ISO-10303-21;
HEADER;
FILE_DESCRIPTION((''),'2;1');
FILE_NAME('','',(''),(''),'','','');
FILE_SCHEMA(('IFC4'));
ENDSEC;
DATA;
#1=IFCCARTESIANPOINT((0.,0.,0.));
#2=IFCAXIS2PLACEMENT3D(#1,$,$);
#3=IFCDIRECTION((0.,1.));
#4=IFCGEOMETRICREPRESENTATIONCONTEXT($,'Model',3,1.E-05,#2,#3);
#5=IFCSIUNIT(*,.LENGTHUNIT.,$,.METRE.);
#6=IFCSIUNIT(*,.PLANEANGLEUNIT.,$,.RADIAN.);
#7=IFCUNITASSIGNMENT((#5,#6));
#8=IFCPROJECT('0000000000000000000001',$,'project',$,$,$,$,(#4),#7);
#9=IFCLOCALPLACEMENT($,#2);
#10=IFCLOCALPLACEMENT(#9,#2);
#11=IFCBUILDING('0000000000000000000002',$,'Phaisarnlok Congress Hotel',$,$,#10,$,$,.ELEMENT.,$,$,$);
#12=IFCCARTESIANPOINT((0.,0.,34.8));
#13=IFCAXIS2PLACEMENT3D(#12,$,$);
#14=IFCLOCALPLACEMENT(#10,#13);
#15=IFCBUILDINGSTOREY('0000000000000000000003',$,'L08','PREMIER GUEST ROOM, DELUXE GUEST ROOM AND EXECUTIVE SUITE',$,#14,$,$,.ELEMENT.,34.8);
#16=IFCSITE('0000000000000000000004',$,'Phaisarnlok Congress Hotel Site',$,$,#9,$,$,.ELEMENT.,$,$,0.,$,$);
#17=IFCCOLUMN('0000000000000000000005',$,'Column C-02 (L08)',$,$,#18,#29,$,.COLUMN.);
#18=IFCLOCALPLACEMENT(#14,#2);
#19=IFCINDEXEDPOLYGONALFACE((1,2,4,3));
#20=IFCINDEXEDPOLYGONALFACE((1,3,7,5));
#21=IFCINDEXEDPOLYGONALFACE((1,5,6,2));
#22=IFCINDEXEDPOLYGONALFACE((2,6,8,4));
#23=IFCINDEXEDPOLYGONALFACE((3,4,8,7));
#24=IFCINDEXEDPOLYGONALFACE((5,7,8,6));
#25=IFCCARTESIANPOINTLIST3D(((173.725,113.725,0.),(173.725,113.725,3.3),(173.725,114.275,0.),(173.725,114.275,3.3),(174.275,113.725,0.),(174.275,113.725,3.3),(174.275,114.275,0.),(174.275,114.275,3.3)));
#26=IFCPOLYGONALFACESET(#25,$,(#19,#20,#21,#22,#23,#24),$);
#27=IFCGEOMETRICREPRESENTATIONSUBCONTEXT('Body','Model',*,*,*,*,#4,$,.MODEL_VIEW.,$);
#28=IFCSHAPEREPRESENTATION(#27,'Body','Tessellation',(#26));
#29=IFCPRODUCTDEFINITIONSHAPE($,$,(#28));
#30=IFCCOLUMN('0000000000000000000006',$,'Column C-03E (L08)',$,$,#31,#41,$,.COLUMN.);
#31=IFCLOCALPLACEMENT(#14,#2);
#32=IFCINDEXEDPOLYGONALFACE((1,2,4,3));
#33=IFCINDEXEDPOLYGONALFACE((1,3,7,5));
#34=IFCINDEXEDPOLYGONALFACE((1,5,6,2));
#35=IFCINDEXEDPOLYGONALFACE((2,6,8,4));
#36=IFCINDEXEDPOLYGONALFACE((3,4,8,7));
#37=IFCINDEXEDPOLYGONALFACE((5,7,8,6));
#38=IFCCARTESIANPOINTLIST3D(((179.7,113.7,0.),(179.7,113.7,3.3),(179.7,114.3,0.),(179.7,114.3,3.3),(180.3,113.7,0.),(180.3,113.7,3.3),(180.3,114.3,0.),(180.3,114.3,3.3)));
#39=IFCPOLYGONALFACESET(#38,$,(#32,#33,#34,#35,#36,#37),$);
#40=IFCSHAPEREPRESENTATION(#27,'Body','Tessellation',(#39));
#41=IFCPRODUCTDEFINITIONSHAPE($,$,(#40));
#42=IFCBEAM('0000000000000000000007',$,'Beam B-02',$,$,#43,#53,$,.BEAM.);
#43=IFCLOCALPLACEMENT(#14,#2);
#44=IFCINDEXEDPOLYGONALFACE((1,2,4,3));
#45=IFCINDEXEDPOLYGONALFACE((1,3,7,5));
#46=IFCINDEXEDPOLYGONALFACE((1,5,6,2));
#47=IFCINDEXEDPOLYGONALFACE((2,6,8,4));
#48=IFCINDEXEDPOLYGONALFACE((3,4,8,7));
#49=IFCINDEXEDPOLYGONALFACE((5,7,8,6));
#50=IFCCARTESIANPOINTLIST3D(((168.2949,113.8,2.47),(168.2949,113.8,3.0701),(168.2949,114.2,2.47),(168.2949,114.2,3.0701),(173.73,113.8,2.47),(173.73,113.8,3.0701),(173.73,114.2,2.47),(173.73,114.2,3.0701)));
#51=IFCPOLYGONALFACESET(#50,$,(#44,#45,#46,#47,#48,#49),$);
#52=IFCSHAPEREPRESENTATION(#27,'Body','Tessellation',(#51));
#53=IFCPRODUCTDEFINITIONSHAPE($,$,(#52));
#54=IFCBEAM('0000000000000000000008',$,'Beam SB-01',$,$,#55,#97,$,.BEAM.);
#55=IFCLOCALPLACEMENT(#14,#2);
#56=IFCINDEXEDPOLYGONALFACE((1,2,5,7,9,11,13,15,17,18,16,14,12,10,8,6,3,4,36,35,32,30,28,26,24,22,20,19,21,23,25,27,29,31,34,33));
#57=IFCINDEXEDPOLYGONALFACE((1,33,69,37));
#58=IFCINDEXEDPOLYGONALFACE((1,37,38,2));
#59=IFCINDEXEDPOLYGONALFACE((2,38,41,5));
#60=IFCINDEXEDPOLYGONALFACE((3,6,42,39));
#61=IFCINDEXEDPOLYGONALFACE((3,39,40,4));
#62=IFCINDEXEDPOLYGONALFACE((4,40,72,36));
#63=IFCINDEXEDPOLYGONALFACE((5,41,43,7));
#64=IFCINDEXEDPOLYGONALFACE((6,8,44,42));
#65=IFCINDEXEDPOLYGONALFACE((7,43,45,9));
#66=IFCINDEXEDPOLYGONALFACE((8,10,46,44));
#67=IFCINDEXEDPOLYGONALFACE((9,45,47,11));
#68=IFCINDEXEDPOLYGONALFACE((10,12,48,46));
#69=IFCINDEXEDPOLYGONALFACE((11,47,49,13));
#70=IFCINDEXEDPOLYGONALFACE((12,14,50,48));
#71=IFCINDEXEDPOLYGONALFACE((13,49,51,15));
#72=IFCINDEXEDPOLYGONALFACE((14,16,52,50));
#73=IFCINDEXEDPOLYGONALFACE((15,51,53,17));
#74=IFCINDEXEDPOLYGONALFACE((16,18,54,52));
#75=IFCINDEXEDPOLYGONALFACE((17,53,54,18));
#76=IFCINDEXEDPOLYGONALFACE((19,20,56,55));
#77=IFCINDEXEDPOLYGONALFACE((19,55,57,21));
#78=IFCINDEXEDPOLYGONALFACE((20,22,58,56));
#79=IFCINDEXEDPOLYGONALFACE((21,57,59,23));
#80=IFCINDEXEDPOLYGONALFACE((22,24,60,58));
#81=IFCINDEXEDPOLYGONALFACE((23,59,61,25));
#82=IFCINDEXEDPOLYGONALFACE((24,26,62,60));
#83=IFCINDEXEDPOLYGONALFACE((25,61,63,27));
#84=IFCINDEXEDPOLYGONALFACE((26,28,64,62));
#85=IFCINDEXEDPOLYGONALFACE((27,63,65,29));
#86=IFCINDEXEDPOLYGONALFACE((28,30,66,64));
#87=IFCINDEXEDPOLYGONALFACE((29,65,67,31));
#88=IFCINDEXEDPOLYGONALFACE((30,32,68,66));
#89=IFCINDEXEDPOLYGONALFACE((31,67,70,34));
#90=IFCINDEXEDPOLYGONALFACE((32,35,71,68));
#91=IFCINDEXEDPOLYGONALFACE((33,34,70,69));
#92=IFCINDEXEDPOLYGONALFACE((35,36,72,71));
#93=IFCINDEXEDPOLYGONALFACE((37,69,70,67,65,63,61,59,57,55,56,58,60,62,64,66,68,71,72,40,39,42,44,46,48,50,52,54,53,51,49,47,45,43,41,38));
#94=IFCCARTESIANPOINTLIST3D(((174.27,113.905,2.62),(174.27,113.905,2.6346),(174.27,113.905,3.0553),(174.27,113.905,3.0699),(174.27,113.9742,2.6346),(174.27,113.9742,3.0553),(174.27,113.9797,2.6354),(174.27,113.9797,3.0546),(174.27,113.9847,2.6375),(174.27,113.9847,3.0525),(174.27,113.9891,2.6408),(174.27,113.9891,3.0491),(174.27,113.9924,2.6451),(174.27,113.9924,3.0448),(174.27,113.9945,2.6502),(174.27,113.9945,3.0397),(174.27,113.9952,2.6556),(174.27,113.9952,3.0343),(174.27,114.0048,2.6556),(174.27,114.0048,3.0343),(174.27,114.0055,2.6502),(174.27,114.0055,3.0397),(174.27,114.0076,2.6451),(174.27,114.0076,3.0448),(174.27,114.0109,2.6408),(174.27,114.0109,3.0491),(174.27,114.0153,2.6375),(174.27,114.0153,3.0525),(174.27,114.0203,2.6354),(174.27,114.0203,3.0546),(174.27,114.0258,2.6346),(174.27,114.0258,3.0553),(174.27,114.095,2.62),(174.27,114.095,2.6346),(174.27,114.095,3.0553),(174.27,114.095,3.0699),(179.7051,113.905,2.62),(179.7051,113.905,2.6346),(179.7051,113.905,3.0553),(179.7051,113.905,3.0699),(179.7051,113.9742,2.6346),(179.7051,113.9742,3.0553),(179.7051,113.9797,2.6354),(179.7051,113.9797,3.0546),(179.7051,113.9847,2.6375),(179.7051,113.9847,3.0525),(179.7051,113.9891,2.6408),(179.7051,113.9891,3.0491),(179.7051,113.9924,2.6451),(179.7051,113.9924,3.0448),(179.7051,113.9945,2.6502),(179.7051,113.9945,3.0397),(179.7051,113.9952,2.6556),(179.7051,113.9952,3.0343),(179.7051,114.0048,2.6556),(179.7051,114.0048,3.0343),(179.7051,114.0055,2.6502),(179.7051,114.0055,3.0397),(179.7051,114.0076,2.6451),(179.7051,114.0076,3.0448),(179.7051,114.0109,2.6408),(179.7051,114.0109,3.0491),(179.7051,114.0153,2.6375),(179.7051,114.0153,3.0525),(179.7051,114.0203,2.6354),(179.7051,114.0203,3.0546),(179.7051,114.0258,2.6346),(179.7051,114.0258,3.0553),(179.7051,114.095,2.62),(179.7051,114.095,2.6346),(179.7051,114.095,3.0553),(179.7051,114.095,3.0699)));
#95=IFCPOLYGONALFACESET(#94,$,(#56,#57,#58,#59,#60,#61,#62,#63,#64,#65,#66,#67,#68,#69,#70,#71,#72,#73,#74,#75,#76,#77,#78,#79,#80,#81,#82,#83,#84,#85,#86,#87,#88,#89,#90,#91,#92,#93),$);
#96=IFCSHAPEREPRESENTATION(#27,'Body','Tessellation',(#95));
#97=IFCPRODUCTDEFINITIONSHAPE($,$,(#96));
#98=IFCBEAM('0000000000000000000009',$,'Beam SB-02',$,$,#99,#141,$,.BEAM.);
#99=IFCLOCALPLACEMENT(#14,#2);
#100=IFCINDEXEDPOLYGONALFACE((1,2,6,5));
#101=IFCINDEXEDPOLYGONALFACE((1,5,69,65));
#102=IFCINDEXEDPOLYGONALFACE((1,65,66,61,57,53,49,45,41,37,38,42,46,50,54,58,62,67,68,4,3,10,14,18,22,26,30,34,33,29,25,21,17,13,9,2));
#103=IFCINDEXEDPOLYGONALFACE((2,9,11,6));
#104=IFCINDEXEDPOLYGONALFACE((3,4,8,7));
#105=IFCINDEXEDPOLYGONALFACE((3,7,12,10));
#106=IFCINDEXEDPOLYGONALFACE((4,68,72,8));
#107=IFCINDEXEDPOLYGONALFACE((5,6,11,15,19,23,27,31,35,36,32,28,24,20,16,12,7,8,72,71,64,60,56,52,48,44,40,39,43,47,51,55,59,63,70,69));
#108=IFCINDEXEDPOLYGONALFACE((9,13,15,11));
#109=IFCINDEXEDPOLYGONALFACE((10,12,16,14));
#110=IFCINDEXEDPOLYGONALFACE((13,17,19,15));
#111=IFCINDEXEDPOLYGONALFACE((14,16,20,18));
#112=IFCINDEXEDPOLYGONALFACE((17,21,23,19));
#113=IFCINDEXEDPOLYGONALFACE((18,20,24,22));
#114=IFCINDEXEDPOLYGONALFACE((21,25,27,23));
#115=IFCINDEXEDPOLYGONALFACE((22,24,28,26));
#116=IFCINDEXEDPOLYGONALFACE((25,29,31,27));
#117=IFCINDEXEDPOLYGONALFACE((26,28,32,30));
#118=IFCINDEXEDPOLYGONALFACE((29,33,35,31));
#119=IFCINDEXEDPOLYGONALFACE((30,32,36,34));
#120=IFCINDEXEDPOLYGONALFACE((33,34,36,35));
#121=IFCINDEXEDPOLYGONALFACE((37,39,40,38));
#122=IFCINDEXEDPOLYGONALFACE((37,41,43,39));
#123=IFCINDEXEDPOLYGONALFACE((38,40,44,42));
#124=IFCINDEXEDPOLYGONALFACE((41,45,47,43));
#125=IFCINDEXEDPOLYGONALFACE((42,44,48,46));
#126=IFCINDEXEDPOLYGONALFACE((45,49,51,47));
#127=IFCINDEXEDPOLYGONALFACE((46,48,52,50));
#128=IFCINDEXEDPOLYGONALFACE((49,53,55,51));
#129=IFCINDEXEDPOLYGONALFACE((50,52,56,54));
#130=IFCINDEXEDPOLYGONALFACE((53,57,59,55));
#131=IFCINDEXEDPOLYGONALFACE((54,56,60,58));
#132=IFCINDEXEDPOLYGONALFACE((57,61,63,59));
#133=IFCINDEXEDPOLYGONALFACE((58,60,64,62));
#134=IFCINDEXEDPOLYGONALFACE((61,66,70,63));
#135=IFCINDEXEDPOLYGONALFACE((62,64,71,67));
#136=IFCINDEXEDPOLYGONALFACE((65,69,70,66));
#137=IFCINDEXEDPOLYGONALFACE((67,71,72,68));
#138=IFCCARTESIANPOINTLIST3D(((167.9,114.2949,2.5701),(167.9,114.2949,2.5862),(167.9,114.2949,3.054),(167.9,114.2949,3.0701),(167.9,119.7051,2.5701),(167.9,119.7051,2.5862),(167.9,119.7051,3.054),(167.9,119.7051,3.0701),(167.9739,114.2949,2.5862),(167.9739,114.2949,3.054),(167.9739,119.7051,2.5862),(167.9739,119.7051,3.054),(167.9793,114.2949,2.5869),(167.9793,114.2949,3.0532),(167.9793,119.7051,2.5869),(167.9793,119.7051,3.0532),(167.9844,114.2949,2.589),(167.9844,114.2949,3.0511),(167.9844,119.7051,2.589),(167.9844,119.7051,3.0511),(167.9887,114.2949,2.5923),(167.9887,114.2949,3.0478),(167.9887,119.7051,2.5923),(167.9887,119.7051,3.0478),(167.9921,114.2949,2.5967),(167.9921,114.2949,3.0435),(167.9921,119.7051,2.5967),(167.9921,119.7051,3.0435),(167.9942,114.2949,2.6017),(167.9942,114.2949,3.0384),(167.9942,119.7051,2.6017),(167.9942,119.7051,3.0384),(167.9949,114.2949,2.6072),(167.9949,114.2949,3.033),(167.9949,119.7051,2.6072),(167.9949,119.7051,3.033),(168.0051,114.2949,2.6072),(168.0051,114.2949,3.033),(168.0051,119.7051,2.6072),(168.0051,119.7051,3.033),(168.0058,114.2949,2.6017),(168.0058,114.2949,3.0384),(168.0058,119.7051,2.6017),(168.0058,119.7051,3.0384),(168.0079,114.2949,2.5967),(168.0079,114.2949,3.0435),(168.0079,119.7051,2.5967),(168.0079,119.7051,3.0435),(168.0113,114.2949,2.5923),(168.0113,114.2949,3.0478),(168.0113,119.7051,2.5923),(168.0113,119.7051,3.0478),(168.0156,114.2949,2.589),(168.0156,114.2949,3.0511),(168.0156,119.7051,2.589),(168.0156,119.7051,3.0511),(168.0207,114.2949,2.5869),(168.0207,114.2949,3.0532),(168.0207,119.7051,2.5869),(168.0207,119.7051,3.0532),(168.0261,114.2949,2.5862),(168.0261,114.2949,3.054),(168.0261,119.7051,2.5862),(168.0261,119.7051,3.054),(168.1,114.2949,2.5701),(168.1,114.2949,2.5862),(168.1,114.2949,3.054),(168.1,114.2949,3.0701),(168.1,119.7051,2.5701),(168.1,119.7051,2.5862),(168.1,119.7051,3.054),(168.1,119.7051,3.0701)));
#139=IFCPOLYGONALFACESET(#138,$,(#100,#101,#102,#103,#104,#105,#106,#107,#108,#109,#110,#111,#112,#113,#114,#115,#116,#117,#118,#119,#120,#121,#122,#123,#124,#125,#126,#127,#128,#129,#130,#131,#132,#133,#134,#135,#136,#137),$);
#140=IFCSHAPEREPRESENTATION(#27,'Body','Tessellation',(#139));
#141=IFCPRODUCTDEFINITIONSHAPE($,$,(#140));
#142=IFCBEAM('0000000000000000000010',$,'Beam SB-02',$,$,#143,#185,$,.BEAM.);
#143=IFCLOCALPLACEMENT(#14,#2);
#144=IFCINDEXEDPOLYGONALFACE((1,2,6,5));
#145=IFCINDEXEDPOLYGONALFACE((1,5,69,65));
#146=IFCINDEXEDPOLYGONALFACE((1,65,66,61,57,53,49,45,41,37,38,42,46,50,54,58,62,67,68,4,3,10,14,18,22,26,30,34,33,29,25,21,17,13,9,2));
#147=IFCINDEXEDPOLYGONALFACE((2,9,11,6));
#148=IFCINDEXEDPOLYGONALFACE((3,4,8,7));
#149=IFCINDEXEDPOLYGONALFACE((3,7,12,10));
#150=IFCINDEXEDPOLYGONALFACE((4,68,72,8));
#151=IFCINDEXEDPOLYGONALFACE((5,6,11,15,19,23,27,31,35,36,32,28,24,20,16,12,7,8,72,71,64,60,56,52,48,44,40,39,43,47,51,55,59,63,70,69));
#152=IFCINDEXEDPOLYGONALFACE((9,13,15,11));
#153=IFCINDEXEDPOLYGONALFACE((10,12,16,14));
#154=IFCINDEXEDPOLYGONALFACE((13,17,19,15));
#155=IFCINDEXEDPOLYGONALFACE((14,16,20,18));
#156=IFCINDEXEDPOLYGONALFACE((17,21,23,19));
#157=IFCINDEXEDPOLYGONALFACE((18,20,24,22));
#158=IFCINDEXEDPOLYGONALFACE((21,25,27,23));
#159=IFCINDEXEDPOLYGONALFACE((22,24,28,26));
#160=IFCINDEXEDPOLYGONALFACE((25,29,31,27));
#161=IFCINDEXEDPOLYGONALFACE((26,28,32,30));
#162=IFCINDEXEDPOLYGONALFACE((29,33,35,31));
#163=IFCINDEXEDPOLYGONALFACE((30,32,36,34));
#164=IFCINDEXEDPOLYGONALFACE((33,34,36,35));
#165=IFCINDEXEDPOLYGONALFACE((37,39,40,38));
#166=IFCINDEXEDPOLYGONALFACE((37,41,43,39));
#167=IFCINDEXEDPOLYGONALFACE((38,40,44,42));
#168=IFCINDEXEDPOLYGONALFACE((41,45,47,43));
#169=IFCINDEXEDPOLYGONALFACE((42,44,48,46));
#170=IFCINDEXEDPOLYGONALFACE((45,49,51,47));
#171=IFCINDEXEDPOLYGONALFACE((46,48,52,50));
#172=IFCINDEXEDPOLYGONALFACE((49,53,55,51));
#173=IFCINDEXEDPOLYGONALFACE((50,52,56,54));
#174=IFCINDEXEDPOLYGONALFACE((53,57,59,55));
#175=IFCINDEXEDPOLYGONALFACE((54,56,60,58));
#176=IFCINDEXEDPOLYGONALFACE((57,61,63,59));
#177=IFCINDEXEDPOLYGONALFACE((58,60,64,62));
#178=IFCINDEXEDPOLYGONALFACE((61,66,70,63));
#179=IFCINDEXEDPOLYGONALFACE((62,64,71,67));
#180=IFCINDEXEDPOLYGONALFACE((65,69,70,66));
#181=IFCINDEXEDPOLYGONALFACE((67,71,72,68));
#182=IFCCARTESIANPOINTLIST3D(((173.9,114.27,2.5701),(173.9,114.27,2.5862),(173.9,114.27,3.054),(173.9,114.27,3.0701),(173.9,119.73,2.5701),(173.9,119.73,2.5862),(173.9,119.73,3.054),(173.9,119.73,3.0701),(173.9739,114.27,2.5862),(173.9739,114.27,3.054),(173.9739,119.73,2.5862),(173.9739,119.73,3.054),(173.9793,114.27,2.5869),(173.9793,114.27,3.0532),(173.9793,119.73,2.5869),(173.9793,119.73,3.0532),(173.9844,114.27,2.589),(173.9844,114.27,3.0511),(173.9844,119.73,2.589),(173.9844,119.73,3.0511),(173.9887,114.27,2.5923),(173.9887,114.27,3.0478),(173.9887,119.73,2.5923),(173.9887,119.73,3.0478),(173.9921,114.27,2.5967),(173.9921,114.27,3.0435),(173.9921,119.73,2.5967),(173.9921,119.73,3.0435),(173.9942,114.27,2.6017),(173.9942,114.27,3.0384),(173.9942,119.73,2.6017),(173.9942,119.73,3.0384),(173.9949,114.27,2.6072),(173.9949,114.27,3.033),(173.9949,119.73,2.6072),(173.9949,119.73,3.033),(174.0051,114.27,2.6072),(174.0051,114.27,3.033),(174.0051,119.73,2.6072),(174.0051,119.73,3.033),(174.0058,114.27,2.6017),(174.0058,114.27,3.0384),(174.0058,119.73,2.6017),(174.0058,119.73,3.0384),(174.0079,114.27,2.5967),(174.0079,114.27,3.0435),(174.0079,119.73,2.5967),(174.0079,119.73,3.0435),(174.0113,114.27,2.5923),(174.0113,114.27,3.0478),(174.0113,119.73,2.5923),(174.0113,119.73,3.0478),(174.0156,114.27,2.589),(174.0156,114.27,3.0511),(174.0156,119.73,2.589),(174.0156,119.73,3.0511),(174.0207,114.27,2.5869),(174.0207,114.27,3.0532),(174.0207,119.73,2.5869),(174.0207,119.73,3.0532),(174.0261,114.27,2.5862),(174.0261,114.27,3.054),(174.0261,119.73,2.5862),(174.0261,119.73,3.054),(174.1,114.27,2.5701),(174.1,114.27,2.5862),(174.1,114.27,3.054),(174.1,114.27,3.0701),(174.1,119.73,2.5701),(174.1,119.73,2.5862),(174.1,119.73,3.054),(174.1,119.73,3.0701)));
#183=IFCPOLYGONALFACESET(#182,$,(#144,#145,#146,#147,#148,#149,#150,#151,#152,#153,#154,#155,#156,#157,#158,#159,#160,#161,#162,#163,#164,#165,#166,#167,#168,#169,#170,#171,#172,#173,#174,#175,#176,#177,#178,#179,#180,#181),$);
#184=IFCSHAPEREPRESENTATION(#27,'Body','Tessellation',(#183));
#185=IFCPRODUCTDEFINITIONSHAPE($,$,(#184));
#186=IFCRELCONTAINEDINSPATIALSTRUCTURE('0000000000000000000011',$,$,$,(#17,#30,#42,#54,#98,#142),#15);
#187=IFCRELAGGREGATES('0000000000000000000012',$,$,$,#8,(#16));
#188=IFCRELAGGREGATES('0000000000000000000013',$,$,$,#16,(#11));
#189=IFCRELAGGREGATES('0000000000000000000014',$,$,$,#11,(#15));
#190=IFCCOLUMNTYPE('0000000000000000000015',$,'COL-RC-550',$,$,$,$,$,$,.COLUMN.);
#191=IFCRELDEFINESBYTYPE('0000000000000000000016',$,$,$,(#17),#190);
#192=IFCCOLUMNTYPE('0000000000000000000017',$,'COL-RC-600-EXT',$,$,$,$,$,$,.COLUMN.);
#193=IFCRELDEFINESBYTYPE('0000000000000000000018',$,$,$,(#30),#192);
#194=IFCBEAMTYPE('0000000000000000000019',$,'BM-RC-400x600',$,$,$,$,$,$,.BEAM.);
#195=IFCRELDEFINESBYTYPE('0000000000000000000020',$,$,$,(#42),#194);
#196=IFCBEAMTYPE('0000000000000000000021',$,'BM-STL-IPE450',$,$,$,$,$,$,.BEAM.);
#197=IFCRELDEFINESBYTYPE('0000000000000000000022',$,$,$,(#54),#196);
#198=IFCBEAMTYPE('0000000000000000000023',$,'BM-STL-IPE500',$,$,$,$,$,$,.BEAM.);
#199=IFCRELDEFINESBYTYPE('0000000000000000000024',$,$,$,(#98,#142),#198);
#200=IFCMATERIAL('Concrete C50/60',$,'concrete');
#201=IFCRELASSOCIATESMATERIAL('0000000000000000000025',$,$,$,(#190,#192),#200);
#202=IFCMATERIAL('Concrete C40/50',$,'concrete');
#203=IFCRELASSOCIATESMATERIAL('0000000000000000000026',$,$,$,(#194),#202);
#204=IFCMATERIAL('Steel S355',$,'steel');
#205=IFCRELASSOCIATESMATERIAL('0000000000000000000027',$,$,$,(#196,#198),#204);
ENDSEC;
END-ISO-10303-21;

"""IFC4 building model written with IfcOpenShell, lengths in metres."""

from ifc_helpers import new_model, si_unit, direction, frame, origin, origin_2d, place, context, subcontext, project, spatial, rectangle, i_section, extrude, material, material_profile, profile_set, type_object, element, save


model = new_model("IFC4")

# Units and contexts
model_context = context("Model", 3, precision=1e-05, world=origin(), true_north=direction((0.0, 1.0)))
body_context = subcontext(model_context, "Body", "Model", "MODEL_VIEW")
ifc_project = project(units=[si_unit("LENGTHUNIT", "METRE"), si_unit("PLANEANGLEUNIT", "RADIAN")], contexts=[model_context])

# Site, building, storey
site_placement = place(None, origin())
site = spatial("IfcSite", under=ifc_project, at=site_placement, Name="Phaisarnlok Congress Hotel Site", CompositionType="ELEMENT", RefElevation=0.0)
building_placement = place(site_placement, origin())
building = spatial("IfcBuilding", under=site, at=building_placement, Name="Phaisarnlok Congress Hotel", CompositionType="ELEMENT")
storey_placement = place(building_placement, frame((0.0, 0.0, 34.8)))
storey = spatial("IfcBuildingStorey", under=building, at=storey_placement, Name="L08", Description="PREMIER GUEST ROOM, DELUXE GUEST ROOM AND EXECUTIVE SUITE", CompositionType="ELEMENT", Elevation=34.8)

# Columns
ifc_material_1 = material(Name="Concrete C50/60", Category="concrete")
ifc_material_profile_1 = material_profile(ifc_material_1, rectangle(XDim=0.55, YDim=0.55, at=origin_2d()), Name="RC 550x550")
ifc_profile_set_1 = profile_set([ifc_material_profile_1], Name="Concrete C50/60")
column_type_1 = type_object("IfcColumnType", Name="COL-RC-550", PredefinedType="COLUMN", material=ifc_profile_set_1)
column_1_placement = place(storey_placement, frame((174.0, 114.0, 0.0), z_axis=(0.0, 0.0, 1.0), x_axis=(1.0, 0.0, 0.0)))
element("IfcColumn", 1, at=column_1_placement, inside=storey, type_object=column_type_1, Name="Column C-02 (L08)", PredefinedType="COLUMN", context=body_context, shape_type="SweptSolid", body=[
    extrude(rectangle(XDim=0.55, YDim=0.55, at=origin_2d()), origin(), (0.0, 0.0, 1.0), 3.3),
])
ifc_material_profile_2 = material_profile(ifc_material_1, rectangle(XDim=0.6001, YDim=0.6001, at=origin_2d()), Name="RC 600x600")
ifc_profile_set_2 = profile_set([ifc_material_profile_2], Name="Concrete C50/60")
column_type_2 = type_object("IfcColumnType", Name="COL-RC-600-EXT", PredefinedType="COLUMN", material=ifc_profile_set_2)
column_2_placement = place(storey_placement, frame((180.0, 114.0, 0.0), z_axis=(0.0, 0.0, 1.0), x_axis=(1.0, 0.0, 0.0)))
element("IfcColumn", 2, at=column_2_placement, inside=storey, type_object=column_type_2, Name="Column C-03E (L08)", PredefinedType="COLUMN", context=body_context, shape_type="SweptSolid", body=[
    extrude(rectangle(XDim=0.6001, YDim=0.6001, at=origin_2d()), origin(), (0.0, 0.0, 1.0), 3.3),
])

# Beams
ifc_material_2 = material(Name="Concrete C40/50", Category="concrete")
ifc_material_profile_3 = material_profile(ifc_material_2, rectangle(XDim=0.3999, YDim=0.6001, at=origin_2d()), Name="RC 400x600")
ifc_profile_set_3 = profile_set([ifc_material_profile_3], Name="Concrete C40/50")
beam_type_1 = type_object("IfcBeamType", Name="BM-RC-400x600", PredefinedType="BEAM", material=ifc_profile_set_3)
beam_1_placement = place(storey_placement, frame((168.2949, 114.0, 2.77), z_axis=(1.0, 0.0, 0.0), x_axis=(0.0, 1.0, 0.0)))
element("IfcBeam", 3, at=beam_1_placement, inside=storey, type_object=beam_type_1, Name="Beam B-02", PredefinedType="BEAM", context=body_context, shape_type="SweptSolid", body=[
    extrude(rectangle(XDim=0.3999, YDim=0.6001, at=origin_2d()), origin(), (0.0, 0.0, 1.0), 5.4351),
])
ifc_material_3 = material(Name="Steel S355", Category="steel")
ifc_material_profile_4 = material_profile(ifc_material_3, i_section(OverallWidth=0.1899, OverallDepth=0.45, WebThickness=0.0095, FlangeThickness=0.0146, FilletRadius=0.021, at=origin_2d()), Name="IPE 450")
ifc_profile_set_4 = profile_set([ifc_material_profile_4], Name="Steel S355")
beam_type_2 = type_object("IfcBeamType", Name="BM-STL-IPE450", PredefinedType="BEAM", material=ifc_profile_set_4)
beam_2_placement = place(storey_placement, frame((174.27, 114.0, 2.845), z_axis=(1.0, 0.0, 0.0), x_axis=(0.0, 1.0, 0.0)))
element("IfcBeam", 4, at=beam_2_placement, inside=storey, type_object=beam_type_2, Name="Beam SB-01", PredefinedType="BEAM", context=body_context, shape_type="SweptSolid", body=[
    extrude(i_section(OverallWidth=0.1899, OverallDepth=0.45, WebThickness=0.0095, FlangeThickness=0.0146, FilletRadius=0.021, at=origin_2d()), origin(), (0.0, 0.0, 1.0), 5.4351),
])
ifc_material_profile_5 = material_profile(ifc_material_3, i_section(OverallWidth=0.2, OverallDepth=0.5, WebThickness=0.0103, FlangeThickness=0.0161, FilletRadius=0.021, at=origin_2d()), Name="IPE 500")
ifc_profile_set_5 = profile_set([ifc_material_profile_5], Name="Steel S355")
beam_type_3 = type_object("IfcBeamType", Name="BM-STL-IPE500", PredefinedType="BEAM", material=ifc_profile_set_5)
beam_3_placement = place(storey_placement, frame((168.0, 114.2949, 2.8201), z_axis=(0.0, 1.0, 0.0), x_axis=(-1.0, 0.0, 0.0)))
element("IfcBeam", 5, at=beam_3_placement, inside=storey, type_object=beam_type_3, Name="Beam SB-02", PredefinedType="BEAM", context=body_context, shape_type="SweptSolid", body=[
    extrude(i_section(OverallWidth=0.2, OverallDepth=0.5, WebThickness=0.0103, FlangeThickness=0.0161, FilletRadius=0.021, at=origin_2d()), origin(), (0.0, 0.0, 1.0), 5.4102),
])
beam_4_placement = place(storey_placement, frame((174.0, 114.27, 2.8201), z_axis=(0.0, 1.0, 0.0), x_axis=(-1.0, 0.0, 0.0)))
element("IfcBeam", 6, at=beam_4_placement, inside=storey, type_object=beam_type_3, Name="Beam SB-02", PredefinedType="BEAM", context=body_context, shape_type="SweptSolid", body=[
    extrude(i_section(OverallWidth=0.2, OverallDepth=0.5, WebThickness=0.0103, FlangeThickness=0.0161, FilletRadius=0.021, at=origin_2d()), origin(), (0.0, 0.0, 1.0), 5.46),
])

save(model, "model.ifc")
